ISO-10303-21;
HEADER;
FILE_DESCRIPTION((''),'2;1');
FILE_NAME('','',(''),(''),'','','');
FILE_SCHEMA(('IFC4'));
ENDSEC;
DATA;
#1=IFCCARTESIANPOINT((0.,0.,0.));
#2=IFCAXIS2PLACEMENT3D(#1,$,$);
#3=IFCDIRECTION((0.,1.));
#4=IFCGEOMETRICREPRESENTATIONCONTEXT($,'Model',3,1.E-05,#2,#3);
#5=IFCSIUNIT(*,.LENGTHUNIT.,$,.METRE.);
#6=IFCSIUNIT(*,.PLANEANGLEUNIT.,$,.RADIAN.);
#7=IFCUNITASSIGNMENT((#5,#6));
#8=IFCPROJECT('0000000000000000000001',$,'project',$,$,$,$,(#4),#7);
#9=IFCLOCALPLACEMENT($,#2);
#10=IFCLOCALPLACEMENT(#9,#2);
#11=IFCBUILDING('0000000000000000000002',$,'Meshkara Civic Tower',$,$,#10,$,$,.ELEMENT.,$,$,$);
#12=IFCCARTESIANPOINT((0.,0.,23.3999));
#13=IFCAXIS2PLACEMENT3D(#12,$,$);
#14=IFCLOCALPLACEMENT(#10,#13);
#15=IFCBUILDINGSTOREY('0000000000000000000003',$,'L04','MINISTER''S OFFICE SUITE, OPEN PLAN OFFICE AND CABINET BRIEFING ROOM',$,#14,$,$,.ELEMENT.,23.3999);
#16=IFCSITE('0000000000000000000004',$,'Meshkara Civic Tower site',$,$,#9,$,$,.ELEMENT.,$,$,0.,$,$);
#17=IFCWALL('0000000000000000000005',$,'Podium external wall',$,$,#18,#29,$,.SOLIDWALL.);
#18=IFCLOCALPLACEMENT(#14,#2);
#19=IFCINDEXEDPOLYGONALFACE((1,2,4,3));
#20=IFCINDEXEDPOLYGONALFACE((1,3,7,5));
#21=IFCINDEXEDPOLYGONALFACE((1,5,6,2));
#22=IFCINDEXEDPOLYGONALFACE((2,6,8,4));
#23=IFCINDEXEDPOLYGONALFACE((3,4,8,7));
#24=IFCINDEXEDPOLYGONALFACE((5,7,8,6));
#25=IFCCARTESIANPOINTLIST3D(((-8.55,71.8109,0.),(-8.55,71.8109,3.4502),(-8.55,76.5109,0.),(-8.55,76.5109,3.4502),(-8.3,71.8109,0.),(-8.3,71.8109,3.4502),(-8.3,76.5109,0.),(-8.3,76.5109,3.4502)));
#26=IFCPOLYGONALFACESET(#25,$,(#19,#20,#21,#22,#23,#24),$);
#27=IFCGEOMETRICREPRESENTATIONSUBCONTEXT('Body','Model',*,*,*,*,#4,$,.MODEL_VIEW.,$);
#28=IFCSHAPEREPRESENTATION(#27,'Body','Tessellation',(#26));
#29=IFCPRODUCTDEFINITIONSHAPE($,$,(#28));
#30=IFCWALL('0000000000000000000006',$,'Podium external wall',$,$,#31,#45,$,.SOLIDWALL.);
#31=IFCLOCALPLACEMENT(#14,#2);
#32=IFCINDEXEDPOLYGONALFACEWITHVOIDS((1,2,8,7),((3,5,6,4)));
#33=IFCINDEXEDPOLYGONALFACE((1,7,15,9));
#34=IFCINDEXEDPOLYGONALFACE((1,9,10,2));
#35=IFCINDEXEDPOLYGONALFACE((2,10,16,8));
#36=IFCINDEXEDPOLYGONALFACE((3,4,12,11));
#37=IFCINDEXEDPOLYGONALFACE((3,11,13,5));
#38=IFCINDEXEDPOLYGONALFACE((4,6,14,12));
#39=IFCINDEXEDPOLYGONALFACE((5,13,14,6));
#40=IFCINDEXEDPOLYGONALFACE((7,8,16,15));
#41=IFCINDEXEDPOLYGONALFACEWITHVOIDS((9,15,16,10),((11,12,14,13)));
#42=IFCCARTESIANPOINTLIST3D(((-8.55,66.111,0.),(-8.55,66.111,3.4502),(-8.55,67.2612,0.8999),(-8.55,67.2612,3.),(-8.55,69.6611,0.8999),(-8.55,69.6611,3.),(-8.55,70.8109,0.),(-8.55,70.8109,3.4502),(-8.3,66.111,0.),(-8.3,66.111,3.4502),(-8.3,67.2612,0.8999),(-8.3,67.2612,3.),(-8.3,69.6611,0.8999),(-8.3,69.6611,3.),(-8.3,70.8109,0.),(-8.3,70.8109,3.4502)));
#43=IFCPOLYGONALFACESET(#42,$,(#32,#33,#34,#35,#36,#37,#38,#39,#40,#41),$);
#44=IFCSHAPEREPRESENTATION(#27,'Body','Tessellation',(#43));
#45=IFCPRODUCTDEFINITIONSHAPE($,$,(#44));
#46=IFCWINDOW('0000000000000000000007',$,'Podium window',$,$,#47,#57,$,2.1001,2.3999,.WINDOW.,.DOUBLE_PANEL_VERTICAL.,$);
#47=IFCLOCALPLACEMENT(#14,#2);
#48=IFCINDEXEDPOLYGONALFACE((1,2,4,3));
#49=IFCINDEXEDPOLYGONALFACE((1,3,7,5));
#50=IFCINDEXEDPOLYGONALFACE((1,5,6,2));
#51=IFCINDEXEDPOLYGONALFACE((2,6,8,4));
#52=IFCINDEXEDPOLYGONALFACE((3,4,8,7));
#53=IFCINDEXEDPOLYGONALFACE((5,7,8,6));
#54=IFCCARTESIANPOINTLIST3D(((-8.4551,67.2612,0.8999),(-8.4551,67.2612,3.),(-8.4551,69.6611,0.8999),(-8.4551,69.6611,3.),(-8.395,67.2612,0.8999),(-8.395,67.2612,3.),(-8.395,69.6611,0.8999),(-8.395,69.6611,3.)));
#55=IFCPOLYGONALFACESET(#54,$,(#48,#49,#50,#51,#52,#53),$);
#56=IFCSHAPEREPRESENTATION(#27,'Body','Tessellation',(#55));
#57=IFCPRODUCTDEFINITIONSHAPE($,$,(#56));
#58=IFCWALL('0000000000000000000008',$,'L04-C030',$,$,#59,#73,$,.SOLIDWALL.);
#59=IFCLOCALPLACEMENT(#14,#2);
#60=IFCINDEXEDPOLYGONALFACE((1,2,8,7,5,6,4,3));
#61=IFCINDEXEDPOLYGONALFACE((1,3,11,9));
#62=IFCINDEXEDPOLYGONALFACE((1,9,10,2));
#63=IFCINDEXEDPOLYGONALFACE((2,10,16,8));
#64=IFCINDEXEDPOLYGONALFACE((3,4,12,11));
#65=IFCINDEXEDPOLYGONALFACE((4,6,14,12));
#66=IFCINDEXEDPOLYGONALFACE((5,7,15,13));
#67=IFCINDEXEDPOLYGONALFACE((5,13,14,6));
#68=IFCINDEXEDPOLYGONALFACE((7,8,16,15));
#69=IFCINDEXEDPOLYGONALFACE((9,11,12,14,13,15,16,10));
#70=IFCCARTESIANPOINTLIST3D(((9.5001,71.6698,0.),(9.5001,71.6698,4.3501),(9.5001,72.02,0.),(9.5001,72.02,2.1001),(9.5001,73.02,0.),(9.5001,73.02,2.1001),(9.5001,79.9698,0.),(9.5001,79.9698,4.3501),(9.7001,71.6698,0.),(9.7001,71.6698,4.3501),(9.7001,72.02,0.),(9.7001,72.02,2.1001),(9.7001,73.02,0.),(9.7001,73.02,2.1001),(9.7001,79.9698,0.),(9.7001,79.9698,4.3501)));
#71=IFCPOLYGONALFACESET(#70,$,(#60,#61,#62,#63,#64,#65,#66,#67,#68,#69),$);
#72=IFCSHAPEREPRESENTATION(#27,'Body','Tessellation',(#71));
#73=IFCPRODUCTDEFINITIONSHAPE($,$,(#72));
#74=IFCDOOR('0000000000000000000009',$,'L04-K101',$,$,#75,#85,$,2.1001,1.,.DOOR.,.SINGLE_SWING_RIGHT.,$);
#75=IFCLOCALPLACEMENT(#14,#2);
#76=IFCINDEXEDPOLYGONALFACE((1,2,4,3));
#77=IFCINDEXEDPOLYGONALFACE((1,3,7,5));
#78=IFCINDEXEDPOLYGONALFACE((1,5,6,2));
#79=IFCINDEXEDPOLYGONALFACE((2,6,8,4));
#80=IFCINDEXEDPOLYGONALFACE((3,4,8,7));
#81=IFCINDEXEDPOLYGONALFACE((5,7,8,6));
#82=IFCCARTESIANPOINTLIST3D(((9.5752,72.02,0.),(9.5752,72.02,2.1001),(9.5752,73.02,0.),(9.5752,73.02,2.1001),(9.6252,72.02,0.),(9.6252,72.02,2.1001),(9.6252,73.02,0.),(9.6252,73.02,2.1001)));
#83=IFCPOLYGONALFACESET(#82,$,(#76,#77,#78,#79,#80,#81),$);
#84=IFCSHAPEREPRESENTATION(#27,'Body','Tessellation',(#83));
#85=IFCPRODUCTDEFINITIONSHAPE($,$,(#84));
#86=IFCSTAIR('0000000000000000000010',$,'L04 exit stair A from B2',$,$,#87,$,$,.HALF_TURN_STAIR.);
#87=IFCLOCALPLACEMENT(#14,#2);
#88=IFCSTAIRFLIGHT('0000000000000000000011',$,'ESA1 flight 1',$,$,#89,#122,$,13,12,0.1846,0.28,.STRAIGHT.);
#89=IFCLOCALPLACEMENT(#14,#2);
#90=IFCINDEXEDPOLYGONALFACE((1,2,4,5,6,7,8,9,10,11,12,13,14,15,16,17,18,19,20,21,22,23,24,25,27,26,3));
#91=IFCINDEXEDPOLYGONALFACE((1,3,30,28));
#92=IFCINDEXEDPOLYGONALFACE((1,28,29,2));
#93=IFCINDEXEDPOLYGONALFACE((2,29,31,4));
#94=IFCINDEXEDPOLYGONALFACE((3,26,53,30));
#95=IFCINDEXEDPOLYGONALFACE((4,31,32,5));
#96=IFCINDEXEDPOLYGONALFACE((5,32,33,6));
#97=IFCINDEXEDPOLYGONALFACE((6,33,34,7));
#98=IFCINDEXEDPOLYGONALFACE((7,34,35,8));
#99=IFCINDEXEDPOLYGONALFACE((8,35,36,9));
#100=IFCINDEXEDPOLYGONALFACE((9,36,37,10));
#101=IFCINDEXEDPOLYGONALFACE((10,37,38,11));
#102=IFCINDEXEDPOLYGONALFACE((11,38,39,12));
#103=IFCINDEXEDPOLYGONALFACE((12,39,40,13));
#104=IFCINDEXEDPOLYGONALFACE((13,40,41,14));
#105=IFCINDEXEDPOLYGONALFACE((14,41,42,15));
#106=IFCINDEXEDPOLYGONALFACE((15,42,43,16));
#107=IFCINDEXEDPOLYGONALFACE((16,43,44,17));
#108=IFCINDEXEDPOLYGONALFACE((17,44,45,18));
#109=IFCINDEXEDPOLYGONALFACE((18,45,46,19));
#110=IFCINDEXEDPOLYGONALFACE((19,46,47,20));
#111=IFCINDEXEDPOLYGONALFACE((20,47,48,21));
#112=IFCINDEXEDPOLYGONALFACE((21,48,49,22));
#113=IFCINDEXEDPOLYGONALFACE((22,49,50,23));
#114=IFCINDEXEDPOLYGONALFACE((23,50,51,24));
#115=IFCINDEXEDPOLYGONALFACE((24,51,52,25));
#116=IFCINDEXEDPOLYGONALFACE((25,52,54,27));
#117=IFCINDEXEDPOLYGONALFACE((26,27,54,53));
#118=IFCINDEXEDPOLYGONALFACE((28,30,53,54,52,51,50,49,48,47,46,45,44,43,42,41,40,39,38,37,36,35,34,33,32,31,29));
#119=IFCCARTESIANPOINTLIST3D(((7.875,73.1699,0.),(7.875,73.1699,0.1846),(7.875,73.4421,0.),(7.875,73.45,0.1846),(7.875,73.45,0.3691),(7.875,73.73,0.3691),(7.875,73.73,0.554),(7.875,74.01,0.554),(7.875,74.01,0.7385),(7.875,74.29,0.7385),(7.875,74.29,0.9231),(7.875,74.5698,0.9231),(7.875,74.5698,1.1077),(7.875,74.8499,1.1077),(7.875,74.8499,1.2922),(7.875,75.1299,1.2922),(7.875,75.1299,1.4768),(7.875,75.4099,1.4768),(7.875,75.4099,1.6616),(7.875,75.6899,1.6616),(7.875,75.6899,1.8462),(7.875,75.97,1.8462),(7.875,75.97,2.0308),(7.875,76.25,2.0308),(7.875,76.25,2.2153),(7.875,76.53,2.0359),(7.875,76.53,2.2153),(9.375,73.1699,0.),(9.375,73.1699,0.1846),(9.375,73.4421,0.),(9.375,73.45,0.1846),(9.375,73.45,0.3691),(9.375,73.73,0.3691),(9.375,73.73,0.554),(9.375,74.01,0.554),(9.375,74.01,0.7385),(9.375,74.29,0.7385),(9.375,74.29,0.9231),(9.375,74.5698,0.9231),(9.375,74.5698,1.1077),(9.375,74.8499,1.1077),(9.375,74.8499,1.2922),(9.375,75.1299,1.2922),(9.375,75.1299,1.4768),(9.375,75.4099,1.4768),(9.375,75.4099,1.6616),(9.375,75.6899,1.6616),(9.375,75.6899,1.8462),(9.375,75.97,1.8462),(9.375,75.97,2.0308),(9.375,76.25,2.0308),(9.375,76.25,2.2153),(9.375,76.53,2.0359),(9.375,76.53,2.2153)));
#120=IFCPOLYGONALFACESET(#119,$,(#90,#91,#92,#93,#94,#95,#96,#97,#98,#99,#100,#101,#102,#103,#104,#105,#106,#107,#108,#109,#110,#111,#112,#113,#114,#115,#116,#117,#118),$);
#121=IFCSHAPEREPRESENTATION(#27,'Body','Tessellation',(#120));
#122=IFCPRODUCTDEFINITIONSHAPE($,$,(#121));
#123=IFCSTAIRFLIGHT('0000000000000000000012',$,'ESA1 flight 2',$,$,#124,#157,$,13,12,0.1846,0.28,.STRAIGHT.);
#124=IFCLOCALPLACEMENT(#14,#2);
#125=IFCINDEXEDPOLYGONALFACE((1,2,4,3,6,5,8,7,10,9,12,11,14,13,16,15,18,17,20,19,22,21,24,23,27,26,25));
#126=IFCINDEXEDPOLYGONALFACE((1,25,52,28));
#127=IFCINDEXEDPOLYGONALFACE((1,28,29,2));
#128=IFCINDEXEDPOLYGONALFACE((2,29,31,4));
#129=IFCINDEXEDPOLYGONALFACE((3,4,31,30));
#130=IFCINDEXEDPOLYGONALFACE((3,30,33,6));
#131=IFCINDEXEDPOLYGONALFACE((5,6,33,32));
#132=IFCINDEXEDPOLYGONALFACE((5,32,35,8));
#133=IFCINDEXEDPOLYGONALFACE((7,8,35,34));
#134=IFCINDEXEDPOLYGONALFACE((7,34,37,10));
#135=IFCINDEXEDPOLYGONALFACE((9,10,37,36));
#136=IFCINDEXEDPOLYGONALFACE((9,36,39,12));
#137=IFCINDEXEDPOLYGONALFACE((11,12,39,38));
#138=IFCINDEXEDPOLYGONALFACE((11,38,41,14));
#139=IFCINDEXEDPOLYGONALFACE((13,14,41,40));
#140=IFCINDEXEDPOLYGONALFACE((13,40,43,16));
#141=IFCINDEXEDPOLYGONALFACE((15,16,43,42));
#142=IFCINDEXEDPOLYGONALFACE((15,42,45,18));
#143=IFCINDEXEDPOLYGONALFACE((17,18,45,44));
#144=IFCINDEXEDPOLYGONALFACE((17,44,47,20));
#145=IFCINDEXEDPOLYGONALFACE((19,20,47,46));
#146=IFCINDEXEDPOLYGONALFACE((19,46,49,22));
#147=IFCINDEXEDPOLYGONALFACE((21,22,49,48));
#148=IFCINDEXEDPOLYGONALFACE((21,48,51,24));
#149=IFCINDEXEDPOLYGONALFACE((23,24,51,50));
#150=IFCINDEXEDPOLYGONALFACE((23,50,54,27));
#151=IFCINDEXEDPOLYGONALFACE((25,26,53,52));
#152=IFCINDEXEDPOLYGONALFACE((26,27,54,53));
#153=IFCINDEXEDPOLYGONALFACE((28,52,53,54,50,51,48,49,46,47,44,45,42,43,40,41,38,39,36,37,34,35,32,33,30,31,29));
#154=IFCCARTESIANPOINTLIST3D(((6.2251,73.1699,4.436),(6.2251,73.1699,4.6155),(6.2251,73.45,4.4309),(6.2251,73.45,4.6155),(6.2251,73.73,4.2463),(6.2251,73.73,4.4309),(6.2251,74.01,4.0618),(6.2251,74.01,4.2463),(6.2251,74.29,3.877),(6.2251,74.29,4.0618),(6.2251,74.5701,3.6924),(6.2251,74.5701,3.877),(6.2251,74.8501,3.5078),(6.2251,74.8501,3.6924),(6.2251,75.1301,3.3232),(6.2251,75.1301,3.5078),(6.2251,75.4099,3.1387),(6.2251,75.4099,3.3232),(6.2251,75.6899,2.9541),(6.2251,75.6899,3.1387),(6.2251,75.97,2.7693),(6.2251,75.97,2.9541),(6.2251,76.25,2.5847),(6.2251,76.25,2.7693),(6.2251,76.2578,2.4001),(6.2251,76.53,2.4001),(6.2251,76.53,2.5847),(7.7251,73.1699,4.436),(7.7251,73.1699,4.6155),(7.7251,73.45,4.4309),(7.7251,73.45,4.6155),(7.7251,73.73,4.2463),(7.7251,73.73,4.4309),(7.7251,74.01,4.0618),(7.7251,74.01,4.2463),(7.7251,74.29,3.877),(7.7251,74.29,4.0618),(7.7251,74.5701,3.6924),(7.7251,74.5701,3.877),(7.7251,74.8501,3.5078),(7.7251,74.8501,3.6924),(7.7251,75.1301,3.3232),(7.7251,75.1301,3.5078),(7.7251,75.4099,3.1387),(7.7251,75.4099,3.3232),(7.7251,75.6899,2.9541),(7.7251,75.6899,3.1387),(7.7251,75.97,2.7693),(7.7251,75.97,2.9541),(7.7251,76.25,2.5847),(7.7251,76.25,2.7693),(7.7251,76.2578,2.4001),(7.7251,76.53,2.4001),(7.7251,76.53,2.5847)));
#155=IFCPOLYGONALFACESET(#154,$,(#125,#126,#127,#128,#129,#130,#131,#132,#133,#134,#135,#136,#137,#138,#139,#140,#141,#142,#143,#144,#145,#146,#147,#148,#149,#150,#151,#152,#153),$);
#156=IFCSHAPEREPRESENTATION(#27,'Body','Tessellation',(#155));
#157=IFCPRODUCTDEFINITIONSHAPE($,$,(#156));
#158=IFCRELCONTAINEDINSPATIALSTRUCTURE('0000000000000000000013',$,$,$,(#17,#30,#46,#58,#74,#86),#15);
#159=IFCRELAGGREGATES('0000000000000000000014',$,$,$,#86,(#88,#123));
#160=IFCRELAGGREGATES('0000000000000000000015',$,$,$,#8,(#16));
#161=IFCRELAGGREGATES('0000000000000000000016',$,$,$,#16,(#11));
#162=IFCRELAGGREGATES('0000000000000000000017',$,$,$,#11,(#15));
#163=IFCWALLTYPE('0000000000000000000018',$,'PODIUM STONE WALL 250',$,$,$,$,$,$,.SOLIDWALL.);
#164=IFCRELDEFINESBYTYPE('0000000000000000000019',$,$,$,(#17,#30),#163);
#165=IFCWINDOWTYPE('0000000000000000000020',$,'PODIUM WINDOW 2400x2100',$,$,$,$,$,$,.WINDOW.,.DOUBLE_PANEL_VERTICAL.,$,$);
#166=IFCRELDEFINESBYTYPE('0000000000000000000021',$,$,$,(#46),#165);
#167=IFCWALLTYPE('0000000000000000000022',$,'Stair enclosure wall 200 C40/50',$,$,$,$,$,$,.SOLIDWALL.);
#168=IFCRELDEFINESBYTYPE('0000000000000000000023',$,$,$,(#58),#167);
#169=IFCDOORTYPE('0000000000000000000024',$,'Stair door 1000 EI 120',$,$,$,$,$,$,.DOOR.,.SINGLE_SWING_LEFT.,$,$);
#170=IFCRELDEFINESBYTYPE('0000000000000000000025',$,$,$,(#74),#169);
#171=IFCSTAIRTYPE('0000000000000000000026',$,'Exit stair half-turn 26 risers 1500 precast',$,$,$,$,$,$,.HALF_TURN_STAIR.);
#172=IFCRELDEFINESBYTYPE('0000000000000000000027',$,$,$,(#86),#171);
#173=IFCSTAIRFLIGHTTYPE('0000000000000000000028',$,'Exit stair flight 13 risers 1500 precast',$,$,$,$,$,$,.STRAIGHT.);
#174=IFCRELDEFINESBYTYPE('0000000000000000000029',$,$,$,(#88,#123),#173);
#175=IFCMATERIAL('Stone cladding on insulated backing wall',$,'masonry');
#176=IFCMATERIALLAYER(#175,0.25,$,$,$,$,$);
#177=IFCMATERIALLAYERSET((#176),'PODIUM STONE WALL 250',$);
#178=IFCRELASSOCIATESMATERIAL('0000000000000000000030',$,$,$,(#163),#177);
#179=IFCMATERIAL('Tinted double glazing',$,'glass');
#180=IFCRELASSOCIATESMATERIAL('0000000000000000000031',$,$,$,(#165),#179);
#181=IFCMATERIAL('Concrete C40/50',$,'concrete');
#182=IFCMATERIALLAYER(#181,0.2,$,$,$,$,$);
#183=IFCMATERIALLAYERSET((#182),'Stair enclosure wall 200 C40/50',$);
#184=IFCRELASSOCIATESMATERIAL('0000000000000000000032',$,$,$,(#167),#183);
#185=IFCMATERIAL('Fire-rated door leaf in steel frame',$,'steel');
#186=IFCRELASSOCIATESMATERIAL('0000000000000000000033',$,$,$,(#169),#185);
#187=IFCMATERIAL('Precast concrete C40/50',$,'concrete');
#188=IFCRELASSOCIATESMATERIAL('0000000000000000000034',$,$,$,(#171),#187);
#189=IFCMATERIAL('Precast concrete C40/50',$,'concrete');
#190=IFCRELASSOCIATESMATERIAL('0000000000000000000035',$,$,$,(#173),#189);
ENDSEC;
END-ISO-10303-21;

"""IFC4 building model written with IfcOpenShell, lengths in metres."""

from ifc_helpers import new_model, si_unit, direction, frame, frame_2d, origin, place, context, subcontext, project, spatial, polyline, rectangle, outline, extrude, material, layer, layer_set, type_object, element, fill, aggregate, save


model = new_model("IFC4")

# Units and contexts
model_context = context("Model", 3, precision=1e-05, world=origin(), true_north=direction((0.0, 1.0)))
body_context = subcontext(model_context, "Body", "Model", "MODEL_VIEW")
ifc_project = project(units=[si_unit("LENGTHUNIT", "METRE"), si_unit("PLANEANGLEUNIT", "RADIAN")], contexts=[model_context])

# Site, building, storey
site_placement = place(None, origin())
site = spatial("IfcSite", under=ifc_project, at=site_placement, Name="Meshkara Civic Tower site", CompositionType="ELEMENT", RefElevation=0.0)
building_placement = place(site_placement, origin())
building = spatial("IfcBuilding", under=site, at=building_placement, Name="Meshkara Civic Tower", CompositionType="ELEMENT")
storey_placement = place(building_placement, frame((0.0, 0.0, 23.3999)))
storey = spatial("IfcBuildingStorey", under=building, at=storey_placement, Name="L04", Description="MINISTER'S OFFICE SUITE, OPEN PLAN OFFICE AND CABINET BRIEFING ROOM", CompositionType="ELEMENT", Elevation=23.3999)

# Wall
ifc_material_1 = material(Name="Stone cladding on insulated backing wall", Category="masonry")
ifc_layer_1 = layer(ifc_material_1, 0.25)
ifc_layer_set_1 = layer_set([ifc_layer_1], Name="PODIUM STONE WALL 250")
wall_type_1 = type_object("IfcWallType", Name="PODIUM STONE WALL 250", PredefinedType="SOLIDWALL", material=ifc_layer_set_1)
wall_1_placement = place(storey_placement, frame((-8.425, 76.511, 0.0), z_axis=(0.0, 0.0, 1.0), x_axis=(0.0, -1.0, 0.0)))
element("IfcWall", 1, at=wall_1_placement, inside=storey, type_object=wall_type_1, Name="Podium external wall", PredefinedType="SOLIDWALL", context=body_context, shape_type="SweptSolid", body=[
    extrude(rectangle(XDim=4.7, YDim=0.25, at=frame_2d((2.3501, 0.0))), origin(), (0.0, 0.0, 1.0), 3.4502),
])

# Wall, opening, window
wall_2_placement = place(storey_placement, frame((-8.425, 70.811, 0.0), z_axis=(0.0, 0.0, 1.0), x_axis=(0.0, -1.0, 0.0)))
wall_2 = element("IfcWall", 2, at=wall_2_placement, inside=storey, type_object=wall_type_1, Name="Podium external wall", PredefinedType="SOLIDWALL", context=body_context, shape_type="SweptSolid", body=[
    extrude(rectangle(XDim=4.7, YDim=0.25, at=frame_2d((2.3501, 0.0))), origin(), (0.0, 0.0, 1.0), 3.4502),
])
opening_1_placement = place(wall_2_placement, frame((1.1499, 0.0, 0.8999)))
opening_1 = element("IfcOpeningElement", 3, at=opening_1_placement, cuts=wall_2, PredefinedType="OPENING", context=body_context, shape_type="SweptSolid", body=[
    extrude(rectangle(XDim=2.3999, YDim=2.1001, at=frame_2d((1.2, 1.05))), frame((0.0, 0.135, 0.0), z_axis=(0.0, -1.0, 0.0), x_axis=(1.0, 0.0, 0.0)), (0.0, 0.0, 1.0), 0.27),
])
ifc_material_2 = material(Name="Tinted double glazing", Category="glass")
window_type = type_object("IfcWindowType", Name="PODIUM WINDOW 2400x2100", PartitioningType="DOUBLE_PANEL_VERTICAL", PredefinedType="WINDOW", material=ifc_material_2)
window_placement = place(opening_1_placement, origin())
window = element("IfcWindow", 4, at=window_placement, inside=storey, type_object=window_type, Name="Podium window", OverallHeight=2.1001, OverallWidth=2.3999, PartitioningType="DOUBLE_PANEL_VERTICAL", PredefinedType="WINDOW", context=body_context, shape_type="SweptSolid", body=[
    extrude(rectangle(XDim=2.3999, YDim=2.1001, at=frame_2d((1.2, 1.05))), frame((0.0, 0.03, 0.0), z_axis=(0.0, -1.0, 0.0), x_axis=(1.0, 0.0, 0.0)), (0.0, 0.0, 1.0), 0.0601),
])
fill(opening_1, window)

# Wall, opening, door
ifc_material_3 = material(Name="Concrete C40/50", Category="concrete")
ifc_layer_2 = layer(ifc_material_3, 0.2)
ifc_layer_set_2 = layer_set([ifc_layer_2], Name="Stair enclosure wall 200 C40/50")
wall_type_2 = type_object("IfcWallType", Name="Stair enclosure wall 200 C40/50", PredefinedType="SOLIDWALL", material=ifc_layer_set_2)
wall_3_placement = place(storey_placement, frame((9.6001, 71.6699, 0.0), z_axis=(0.0, 0.0, 1.0), x_axis=(0.0, 1.0, 0.0)))
wall_3 = element("IfcWall", 5, at=wall_3_placement, inside=storey, type_object=wall_type_2, Name="L04-C030", PredefinedType="SOLIDWALL", context=body_context, shape_type="SweptSolid", body=[
    extrude(rectangle(XDim=8.3, YDim=0.2, at=frame_2d((4.1499, 0.0))), origin(), (0.0, 0.0, 1.0), 4.3501),
])
opening_2_placement = place(wall_3_placement, frame((0.3501, 0.0, 0.0)))
opening_2 = element("IfcOpeningElement", 6, at=opening_2_placement, cuts=wall_3, PredefinedType="OPENING", context=body_context, shape_type="SweptSolid", body=[
    extrude(rectangle(XDim=1.0, YDim=2.1001, at=frame_2d((0.5, 1.05))), frame((0.0, 0.1099, 0.0), z_axis=(0.0, -1.0, 0.0), x_axis=(1.0, 0.0, 0.0)), (0.0, 0.0, 1.0), 0.22),
])
ifc_material_4 = material(Name="Fire-rated door leaf in steel frame", Category="steel")
door_type_1 = type_object("IfcDoorType", Name="Stair door 1000 EI 120", OperationType="SINGLE_SWING_LEFT", PredefinedType="DOOR", material=ifc_material_4)
door_1_placement = place(opening_2_placement, origin())
door_1 = element("IfcDoor", 7, at=door_1_placement, inside=storey, type_object=door_type_1, Name="L04-K101", OperationType="SINGLE_SWING_RIGHT", OverallHeight=2.1001, OverallWidth=1.0, PredefinedType="DOOR", context=body_context, shape_type="SweptSolid", body=[
    extrude(rectangle(XDim=1.0, YDim=2.1001, at=frame_2d((0.5, 1.05))), frame((0.0, 0.0249, 0.0), z_axis=(0.0, -1.0, 0.0), x_axis=(1.0, 0.0, 0.0)), (0.0, 0.0, 1.0), 0.05),
])
fill(opening_2, door_1)

# Stair, stair flights
ifc_material_5 = material(Name="Precast concrete C40/50", Category="concrete")
stair_type = type_object("IfcStairType", Name="Exit stair half-turn 26 risers 1500 precast", PredefinedType="HALF_TURN_STAIR", material=ifc_material_5)
stair_placement = place(storey_placement, origin())
stair = element("IfcStair", 8, at=stair_placement, inside=storey, type_object=stair_type, Name="L04 exit stair A from B2", PredefinedType="HALF_TURN_STAIR")
ifc_material_6 = material(Name="Precast concrete C40/50", Category="concrete")
stair_flight_type = type_object("IfcStairFlightType", Name="Exit stair flight 13 risers 1500 precast", PredefinedType="STRAIGHT", material=ifc_material_6)
stair_flight_1_placement = place(storey_placement, frame((8.625, 73.1699, 0.0), z_axis=(0.0, 0.0, 1.0), x_axis=(0.0, 1.0, 0.0)))
stair_flight_1 = element("IfcStairFlight", 9, at=stair_flight_1_placement, type_object=stair_flight_type, Name="ESA1 flight 1", NumberOfRisers=13, NumberOfTreads=12, PredefinedType="STRAIGHT", RiserHeight=0.1846, TreadLength=0.28, context=body_context, shape_type="SweptSolid", body=[
    extrude(outline(polyline([(0.0, 0.0), (0.0, 0.1846), (0.28, 0.1846), (0.28, 0.3691), (0.5601, 0.3691), (0.5601, 0.554), (0.8401, 0.554), (0.8401, 0.7385), (1.1201, 0.7385), (1.1201, 0.9231), (1.3999, 0.9231), (1.3999, 1.1077), (1.6799, 1.1077), (1.6799, 1.2922), (1.96, 1.2922), (1.96, 1.4768), (2.24, 1.4768), (2.24, 1.6616), (2.52, 1.6616), (2.52, 1.8462), (2.8, 1.8462), (2.8, 2.0308), (3.0801, 2.0308), (3.0801, 2.2153), (3.3601, 2.2153), (3.3601, 2.3999), (3.3601, 2.0359), (0.2722, 0.0), (0.0, 0.0)])), frame((0.0, 0.75, 0.0), z_axis=(0.0, -1.0, 0.0), x_axis=(1.0, 0.0, 0.0)), (0.0, 0.0, 1.0), 1.5),
])
stair_flight_2_placement = place(storey_placement, frame((6.9751, 76.53, 2.4001), z_axis=(0.0, 0.0, 1.0), x_axis=(0.0, -1.0, 0.0)))
stair_flight_2 = element("IfcStairFlight", 10, at=stair_flight_2_placement, type_object=stair_flight_type, Name="ESA1 flight 2", NumberOfRisers=13, NumberOfTreads=12, PredefinedType="STRAIGHT", RiserHeight=0.1846, TreadLength=0.28, context=body_context, shape_type="SweptSolid", body=[
    extrude(outline(polyline([(0.0, 0.0), (0.0, 0.1846), (0.28, 0.1846), (0.28, 0.3691), (0.5601, 0.3691), (0.5601, 0.554), (0.8401, 0.554), (0.8401, 0.7385), (1.1201, 0.7385), (1.1201, 0.9231), (1.3999, 0.9231), (1.3999, 1.1077), (1.6799, 1.1077), (1.6799, 1.2922), (1.96, 1.2922), (1.96, 1.4768), (2.24, 1.4768), (2.24, 1.6616), (2.52, 1.6616), (2.52, 1.8462), (2.8, 1.8462), (2.8, 2.0308), (3.0801, 2.0308), (3.0801, 2.2153), (3.3601, 2.2153), (3.3601, 2.3999), (3.3601, 2.0359), (0.2722, 0.0), (0.0, 0.0)])), frame((0.0, 0.75, 0.0), z_axis=(0.0, -1.0, 0.0), x_axis=(1.0, 0.0, 0.0)), (0.0, 0.0, 1.0), 1.5),
])
aggregate(stair, [stair_flight_1, stair_flight_2])

save(model, "model.ifc")
